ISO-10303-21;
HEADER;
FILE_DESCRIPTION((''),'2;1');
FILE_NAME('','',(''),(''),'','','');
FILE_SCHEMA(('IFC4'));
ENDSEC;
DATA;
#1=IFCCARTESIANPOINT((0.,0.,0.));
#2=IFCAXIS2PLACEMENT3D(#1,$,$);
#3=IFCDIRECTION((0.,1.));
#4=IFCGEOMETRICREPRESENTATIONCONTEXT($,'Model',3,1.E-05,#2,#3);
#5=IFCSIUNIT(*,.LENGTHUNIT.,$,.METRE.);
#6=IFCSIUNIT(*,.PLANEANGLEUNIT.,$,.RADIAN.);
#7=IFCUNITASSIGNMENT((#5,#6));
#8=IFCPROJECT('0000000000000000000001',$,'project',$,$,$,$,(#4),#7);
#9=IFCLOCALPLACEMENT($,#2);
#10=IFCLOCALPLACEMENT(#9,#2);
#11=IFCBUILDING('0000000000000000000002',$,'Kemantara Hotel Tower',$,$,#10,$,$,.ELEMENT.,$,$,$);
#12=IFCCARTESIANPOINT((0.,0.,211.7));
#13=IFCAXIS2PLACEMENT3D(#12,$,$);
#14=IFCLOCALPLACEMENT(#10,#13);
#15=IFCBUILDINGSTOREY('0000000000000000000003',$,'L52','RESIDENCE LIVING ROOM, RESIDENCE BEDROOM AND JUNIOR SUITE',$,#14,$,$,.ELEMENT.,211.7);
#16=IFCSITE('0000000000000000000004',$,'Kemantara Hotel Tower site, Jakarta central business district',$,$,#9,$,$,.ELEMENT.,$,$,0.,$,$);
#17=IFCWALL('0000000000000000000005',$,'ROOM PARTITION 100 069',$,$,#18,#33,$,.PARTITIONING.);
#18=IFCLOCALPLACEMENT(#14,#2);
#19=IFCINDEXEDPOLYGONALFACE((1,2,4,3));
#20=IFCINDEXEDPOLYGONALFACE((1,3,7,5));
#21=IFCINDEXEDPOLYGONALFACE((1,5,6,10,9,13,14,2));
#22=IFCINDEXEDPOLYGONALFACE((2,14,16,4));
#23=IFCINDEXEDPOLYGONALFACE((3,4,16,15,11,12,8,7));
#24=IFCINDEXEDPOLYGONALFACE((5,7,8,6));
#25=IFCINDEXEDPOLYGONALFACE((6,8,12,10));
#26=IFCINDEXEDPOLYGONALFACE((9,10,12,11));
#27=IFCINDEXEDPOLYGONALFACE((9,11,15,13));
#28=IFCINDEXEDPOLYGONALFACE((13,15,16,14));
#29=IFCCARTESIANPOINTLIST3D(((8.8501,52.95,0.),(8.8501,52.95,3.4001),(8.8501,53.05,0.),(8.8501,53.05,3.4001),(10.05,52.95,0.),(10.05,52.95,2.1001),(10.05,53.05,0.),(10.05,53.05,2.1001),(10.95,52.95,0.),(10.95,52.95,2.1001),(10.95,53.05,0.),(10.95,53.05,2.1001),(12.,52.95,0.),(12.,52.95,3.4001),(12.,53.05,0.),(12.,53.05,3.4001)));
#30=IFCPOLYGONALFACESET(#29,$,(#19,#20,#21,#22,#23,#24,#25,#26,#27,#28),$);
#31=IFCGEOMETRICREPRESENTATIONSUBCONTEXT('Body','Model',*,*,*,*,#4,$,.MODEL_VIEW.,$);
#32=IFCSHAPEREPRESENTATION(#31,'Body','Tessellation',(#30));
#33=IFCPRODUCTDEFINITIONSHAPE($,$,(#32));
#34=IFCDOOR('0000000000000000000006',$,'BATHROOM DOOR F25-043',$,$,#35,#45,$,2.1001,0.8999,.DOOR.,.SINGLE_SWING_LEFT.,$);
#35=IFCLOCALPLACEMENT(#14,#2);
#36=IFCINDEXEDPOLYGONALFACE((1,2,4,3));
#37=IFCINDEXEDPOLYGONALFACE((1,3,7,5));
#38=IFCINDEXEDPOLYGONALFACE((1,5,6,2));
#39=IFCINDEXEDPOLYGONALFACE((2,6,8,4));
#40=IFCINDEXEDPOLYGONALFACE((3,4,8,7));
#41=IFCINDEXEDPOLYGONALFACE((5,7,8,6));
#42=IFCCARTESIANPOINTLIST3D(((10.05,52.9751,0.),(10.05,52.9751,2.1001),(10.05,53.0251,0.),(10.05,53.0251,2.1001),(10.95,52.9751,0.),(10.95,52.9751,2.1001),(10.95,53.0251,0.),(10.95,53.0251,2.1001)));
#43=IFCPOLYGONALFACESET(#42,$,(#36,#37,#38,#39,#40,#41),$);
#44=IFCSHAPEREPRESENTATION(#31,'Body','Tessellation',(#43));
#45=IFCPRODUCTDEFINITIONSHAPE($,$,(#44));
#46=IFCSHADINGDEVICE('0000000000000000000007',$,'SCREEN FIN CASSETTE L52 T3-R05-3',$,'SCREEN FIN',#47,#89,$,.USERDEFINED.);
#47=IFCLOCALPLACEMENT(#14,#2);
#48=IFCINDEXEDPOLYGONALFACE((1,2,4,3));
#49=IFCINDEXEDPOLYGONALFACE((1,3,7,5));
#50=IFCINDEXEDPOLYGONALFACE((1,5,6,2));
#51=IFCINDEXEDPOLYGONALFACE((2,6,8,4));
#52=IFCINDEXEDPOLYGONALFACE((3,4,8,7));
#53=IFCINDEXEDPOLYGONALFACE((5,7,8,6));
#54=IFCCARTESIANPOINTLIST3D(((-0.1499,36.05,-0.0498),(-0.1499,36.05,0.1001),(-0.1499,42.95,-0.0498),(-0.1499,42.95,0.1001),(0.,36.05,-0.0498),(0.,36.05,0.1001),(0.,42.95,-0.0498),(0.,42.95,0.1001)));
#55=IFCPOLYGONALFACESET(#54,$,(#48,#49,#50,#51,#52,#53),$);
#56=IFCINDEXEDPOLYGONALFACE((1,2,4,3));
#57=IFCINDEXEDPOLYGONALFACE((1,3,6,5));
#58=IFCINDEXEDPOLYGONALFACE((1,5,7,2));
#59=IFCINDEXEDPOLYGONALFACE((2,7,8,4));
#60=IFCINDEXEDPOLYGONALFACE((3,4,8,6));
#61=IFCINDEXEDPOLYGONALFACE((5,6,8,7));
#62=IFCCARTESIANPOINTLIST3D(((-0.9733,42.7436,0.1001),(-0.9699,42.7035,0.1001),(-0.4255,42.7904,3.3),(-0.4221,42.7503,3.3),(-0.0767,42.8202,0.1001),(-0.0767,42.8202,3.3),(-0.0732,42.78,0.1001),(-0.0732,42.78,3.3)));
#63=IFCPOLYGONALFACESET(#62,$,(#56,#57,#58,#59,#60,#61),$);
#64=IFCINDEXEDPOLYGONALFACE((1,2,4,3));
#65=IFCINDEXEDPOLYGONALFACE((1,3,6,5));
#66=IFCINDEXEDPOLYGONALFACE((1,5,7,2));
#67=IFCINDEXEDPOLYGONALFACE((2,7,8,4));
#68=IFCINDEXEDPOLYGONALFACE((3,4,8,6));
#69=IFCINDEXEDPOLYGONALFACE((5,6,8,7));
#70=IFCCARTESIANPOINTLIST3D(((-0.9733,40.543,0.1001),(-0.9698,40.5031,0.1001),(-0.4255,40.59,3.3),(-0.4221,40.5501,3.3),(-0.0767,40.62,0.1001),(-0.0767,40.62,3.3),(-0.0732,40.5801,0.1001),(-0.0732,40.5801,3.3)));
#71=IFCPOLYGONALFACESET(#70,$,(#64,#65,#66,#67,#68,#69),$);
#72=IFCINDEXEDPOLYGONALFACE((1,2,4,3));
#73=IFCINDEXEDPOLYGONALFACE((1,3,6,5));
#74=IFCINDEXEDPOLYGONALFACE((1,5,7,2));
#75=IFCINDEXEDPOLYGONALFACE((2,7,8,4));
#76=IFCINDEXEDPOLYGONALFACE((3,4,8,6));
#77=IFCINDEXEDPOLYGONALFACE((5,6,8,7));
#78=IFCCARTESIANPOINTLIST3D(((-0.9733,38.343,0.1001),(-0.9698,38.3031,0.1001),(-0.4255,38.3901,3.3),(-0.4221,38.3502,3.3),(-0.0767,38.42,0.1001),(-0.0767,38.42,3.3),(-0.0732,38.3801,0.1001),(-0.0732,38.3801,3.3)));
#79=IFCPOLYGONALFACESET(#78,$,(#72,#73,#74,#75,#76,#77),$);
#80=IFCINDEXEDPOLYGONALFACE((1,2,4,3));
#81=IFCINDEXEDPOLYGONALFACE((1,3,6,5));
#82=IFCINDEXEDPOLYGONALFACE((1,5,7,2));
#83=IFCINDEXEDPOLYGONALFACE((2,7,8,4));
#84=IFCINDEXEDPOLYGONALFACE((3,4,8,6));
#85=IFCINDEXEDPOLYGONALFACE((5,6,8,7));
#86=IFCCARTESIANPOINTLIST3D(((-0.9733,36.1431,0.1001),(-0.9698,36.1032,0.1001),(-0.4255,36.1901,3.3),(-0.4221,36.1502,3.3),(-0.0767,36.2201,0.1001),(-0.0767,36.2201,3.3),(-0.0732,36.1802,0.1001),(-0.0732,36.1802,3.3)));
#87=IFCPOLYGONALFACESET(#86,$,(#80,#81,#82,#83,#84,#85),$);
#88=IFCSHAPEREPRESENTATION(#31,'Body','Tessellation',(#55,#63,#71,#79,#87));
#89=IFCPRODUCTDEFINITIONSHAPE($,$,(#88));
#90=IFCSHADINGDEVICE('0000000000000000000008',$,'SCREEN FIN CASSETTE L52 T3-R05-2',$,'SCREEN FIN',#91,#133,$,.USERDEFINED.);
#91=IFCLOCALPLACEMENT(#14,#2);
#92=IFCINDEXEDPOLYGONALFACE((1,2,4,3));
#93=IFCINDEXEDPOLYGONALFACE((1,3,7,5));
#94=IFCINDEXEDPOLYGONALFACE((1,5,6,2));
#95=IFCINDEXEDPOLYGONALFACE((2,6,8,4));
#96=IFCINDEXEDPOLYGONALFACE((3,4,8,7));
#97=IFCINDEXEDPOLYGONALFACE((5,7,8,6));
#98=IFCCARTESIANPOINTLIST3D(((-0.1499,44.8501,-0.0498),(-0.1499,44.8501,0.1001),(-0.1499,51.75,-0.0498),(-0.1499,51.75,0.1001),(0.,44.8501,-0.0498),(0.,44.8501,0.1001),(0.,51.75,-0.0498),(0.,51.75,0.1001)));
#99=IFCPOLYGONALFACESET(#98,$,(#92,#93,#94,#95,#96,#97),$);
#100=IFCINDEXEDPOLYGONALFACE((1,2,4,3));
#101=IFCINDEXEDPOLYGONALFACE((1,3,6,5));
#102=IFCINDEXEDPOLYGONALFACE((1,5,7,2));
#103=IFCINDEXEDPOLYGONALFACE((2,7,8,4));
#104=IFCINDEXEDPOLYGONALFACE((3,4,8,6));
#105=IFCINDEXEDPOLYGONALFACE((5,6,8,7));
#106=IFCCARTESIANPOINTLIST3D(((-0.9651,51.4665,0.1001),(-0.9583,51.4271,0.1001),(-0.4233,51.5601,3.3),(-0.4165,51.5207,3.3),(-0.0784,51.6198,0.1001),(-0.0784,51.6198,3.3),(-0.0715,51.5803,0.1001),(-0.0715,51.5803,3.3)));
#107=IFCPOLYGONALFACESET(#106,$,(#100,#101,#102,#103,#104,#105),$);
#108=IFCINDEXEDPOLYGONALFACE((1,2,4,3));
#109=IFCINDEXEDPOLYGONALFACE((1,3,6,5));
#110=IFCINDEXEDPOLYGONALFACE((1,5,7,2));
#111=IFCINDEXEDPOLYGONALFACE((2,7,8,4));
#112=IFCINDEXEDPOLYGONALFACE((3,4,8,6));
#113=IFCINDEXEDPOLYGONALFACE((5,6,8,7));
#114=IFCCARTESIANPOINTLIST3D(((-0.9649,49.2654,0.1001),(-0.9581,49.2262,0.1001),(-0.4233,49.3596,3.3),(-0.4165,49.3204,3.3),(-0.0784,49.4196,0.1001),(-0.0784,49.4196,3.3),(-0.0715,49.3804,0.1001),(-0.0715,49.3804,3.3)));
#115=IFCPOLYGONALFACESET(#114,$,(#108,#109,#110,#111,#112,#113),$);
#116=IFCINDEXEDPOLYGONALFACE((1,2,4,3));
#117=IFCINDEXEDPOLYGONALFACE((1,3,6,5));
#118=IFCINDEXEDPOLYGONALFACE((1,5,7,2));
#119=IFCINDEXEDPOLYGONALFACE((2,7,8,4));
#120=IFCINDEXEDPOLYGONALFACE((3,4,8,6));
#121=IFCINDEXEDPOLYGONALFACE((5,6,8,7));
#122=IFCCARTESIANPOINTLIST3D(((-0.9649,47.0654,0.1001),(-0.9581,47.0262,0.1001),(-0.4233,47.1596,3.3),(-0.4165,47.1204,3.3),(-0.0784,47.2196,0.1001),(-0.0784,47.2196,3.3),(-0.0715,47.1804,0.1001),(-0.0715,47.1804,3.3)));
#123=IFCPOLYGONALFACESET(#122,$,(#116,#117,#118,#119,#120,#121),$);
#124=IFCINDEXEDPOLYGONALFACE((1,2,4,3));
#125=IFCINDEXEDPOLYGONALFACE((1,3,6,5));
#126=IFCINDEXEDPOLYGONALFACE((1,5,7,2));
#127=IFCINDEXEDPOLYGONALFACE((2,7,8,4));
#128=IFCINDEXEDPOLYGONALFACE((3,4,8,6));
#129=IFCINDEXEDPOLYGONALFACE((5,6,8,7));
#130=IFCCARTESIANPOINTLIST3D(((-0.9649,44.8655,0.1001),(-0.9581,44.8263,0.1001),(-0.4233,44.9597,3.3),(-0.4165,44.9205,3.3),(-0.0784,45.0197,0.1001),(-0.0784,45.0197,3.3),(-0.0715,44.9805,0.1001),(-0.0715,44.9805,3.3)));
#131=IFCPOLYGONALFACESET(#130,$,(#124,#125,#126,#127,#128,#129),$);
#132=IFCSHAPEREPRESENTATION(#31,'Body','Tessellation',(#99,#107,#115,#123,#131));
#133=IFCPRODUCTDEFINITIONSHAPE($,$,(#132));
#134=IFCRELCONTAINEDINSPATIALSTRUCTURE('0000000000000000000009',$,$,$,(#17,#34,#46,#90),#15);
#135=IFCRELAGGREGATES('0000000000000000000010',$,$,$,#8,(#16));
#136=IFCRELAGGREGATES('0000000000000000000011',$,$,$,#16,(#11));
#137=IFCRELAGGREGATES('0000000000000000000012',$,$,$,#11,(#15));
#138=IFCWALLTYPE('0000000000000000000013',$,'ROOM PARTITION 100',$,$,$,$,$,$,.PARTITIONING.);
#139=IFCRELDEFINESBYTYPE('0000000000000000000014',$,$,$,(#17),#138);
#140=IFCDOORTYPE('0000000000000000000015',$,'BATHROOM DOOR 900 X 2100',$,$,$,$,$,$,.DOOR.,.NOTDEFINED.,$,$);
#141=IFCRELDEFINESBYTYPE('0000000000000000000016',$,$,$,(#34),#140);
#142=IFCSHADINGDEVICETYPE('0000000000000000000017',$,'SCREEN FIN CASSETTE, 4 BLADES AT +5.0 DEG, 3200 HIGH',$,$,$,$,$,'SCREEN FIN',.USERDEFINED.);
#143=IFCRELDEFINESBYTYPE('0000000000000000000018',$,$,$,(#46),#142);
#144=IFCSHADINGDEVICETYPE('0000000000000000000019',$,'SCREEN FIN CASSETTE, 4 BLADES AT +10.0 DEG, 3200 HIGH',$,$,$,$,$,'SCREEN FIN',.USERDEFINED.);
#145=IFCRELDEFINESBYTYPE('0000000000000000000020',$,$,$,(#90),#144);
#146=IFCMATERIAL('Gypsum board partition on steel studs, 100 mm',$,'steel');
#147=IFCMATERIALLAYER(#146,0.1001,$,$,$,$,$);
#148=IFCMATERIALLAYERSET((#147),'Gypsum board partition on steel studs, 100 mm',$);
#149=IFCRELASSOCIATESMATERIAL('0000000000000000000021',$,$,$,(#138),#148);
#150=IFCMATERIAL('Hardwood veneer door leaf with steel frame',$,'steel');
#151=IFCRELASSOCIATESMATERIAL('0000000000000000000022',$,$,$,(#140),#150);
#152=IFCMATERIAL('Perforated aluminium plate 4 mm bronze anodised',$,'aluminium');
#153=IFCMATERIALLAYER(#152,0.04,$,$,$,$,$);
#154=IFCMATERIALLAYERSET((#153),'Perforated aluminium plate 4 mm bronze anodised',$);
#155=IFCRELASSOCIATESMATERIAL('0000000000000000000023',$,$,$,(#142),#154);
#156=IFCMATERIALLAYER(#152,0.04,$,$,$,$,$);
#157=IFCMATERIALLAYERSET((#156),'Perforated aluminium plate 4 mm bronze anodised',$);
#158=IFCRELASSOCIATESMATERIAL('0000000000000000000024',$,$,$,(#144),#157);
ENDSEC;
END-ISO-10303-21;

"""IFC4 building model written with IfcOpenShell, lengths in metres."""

from ifc_helpers import new_model, si_unit, direction, frame, frame_2d, origin, origin_2d, place, context, subcontext, project, spatial, polyline, rectangle, outline, extrude, source, transform, mapped, material, layer, layer_set, type_object, element, fill, save


model = new_model("IFC4")

# Units and contexts
model_context = context("Model", 3, precision=1e-05, world=origin(), true_north=direction((0.0, 1.0)))
body_context = subcontext(model_context, "Body", "Model", "MODEL_VIEW")
ifc_project = project(units=[si_unit("LENGTHUNIT", "METRE"), si_unit("PLANEANGLEUNIT", "RADIAN")], contexts=[model_context])

# Site, building, storey
site_placement = place(None, origin())
site = spatial("IfcSite", under=ifc_project, at=site_placement, Name="Kemantara Hotel Tower site, Jakarta central business district", CompositionType="ELEMENT", RefElevation=0.0)
building_placement = place(site_placement, origin())
building = spatial("IfcBuilding", under=site, at=building_placement, Name="Kemantara Hotel Tower", CompositionType="ELEMENT")
storey_placement = place(building_placement, frame((0.0, 0.0, 211.7)))
storey = spatial("IfcBuildingStorey", under=building, at=storey_placement, Name="L52", Description="RESIDENCE LIVING ROOM, RESIDENCE BEDROOM AND JUNIOR SUITE", CompositionType="ELEMENT", Elevation=211.7)

# Shared definitions
ifc_material_1 = material(Name="Hardwood veneer door leaf with steel frame", Category="steel")

# Shared definitions
ifc_material_2 = material(Name="Gypsum board partition on steel studs, 100 mm", Category="steel")
ifc_layer_1 = layer(ifc_material_2, 0.1001)
ifc_layer_set_1 = layer_set([ifc_layer_1], Name="Gypsum board partition on steel studs, 100 mm")
wall_type_1 = type_object("IfcWallType", Name="ROOM PARTITION 100", PredefinedType="PARTITIONING", material=ifc_layer_set_1)

# Shared definitions
door_type_1 = type_object("IfcDoorType", Name="BATHROOM DOOR 900 X 2100", OperationType="NOTDEFINED", PredefinedType="DOOR", material=ifc_material_1)

# Wall, opening, door
wall_1_placement = place(storey_placement, frame((12.0, 53.0, 0.0), z_axis=(0.0, 0.0, 1.0), x_axis=(-1.0, 0.0, 0.0)))
wall_1 = element("IfcWall", 1, at=wall_1_placement, inside=storey, type_object=wall_type_1, Name="ROOM PARTITION 100 069", PredefinedType="PARTITIONING", context=body_context, shape_type="SweptSolid", body=[
    extrude(rectangle(XDim=3.1499, YDim=0.1001, at=frame_2d((1.575, 0.0))), origin(), (0.0, 0.0, 1.0), 3.4001),
])
opening_1_placement = place(wall_1_placement, frame((1.05, 0.0, 0.0)))
opening_1 = element("IfcOpeningElement", 2, at=opening_1_placement, cuts=wall_1, PredefinedType="OPENING", context=body_context, shape_type="SweptSolid", body=[
    extrude(rectangle(XDim=0.8999, YDim=2.1001, at=frame_2d((0.45, 1.05))), frame((0.0, 0.0601, 0.0), z_axis=(0.0, -1.0, 0.0), x_axis=(1.0, 0.0, 0.0)), (0.0, 0.0, 1.0), 0.1201),
])
door_1_placement = place(opening_1_placement, origin())
door_1 = element("IfcDoor", 3, at=door_1_placement, inside=storey, type_object=door_type_1, Name="BATHROOM DOOR F25-043", OperationType="SINGLE_SWING_LEFT", OverallHeight=2.1001, OverallWidth=0.8999, PredefinedType="DOOR", context=body_context, shape_type="SweptSolid", body=[
    extrude(rectangle(XDim=0.8999, YDim=2.1001, at=frame_2d((0.45, 1.05))), frame((0.0, 0.0249, 0.0), z_axis=(0.0, -1.0, 0.0), x_axis=(1.0, 0.0, 0.0)), (0.0, 0.0, 1.0), 0.05),
])
fill(opening_1, door_1)

# Shading devices
ifc_material_3 = material(Name="Perforated aluminium plate 4 mm bronze anodised", Category="aluminium")
ifc_layer_2 = layer(ifc_material_3, 0.04)
ifc_layer_set_2 = layer_set([ifc_layer_2], Name="Perforated aluminium plate 4 mm bronze anodised")
shading_device_type_1 = type_object("IfcShadingDeviceType", Name="SCREEN FIN CASSETTE, 4 BLADES AT +5.0 DEG, 3200 HIGH", ElementType="SCREEN FIN", PredefinedType="USERDEFINED", material=ifc_layer_set_2)
shared_shape_1 = source(origin(), body_context, "Body", "SweptSolid", [
    extrude(rectangle(XDim=6.8999, YDim=0.1499, at=origin_2d()), frame((3.3, -0.075, -0.1499), z_axis=(0.0, 0.0, 1.0), x_axis=(1.0, 0.0, 0.0)), (0.0, 0.0, 1.0), 0.1499),
    extrude(outline(polyline([(0.0, 0.0), (0.8999, 0.0), (0.3501, 3.2), (0.0, 3.2), (0.0, 0.0)])), frame((0.02, -0.0732, 0.0), z_axis=(-0.996376, -0.085056, 0.0), x_axis=(0.085056, -0.996376, 0.0)), (0.0, 0.0, 1.0), 0.0403),
    extrude(outline(polyline([(0.0, 0.0), (0.8999, 0.0), (0.3501, 3.2), (0.0, 3.2), (0.0, 0.0)])), frame((2.22, -0.0732, 0.0), z_axis=(-0.996332, -0.085575, 0.0), x_axis=(0.085575, -0.996332, 0.0)), (0.0, 0.0, 1.0), 0.04),
    extrude(outline(polyline([(0.0, 0.0), (0.8999, 0.0), (0.3501, 3.2), (0.0, 3.2), (0.0, 0.0)])), frame((4.4199, -0.0732, 0.0), z_axis=(-0.996332, -0.085575, 0.0), x_axis=(0.085575, -0.996332, 0.0)), (0.0, 0.0, 1.0), 0.04),
    extrude(outline(polyline([(0.0, 0.0), (0.8999, 0.0), (0.3501, 3.2), (0.0, 3.2), (0.0, 0.0)])), frame((6.6199, -0.0732, 0.0), z_axis=(-0.996332, -0.085575, 0.0), x_axis=(0.085575, -0.996332, 0.0)), (0.0, 0.0, 1.0), 0.04),
])
shading_device_1_placement = place(storey_placement, frame((0.0, 42.8, 0.1001), z_axis=(0.0, 0.0, 1.0), x_axis=(0.0, -1.0, 0.0)))
element("IfcShadingDevice", 4, at=shading_device_1_placement, inside=storey, type_object=shading_device_type_1, Name="SCREEN FIN CASSETTE L52 T3-R05-3", ObjectType="SCREEN FIN", PredefinedType="USERDEFINED", context=body_context, shape_type="MappedRepresentation", body=[
    mapped(shared_shape_1, transform((0.0, 0.0, 0.0))),
])
ifc_layer_3 = layer(ifc_material_3, 0.04)
ifc_layer_set_3 = layer_set([ifc_layer_3], Name="Perforated aluminium plate 4 mm bronze anodised")
shading_device_type_2 = type_object("IfcShadingDeviceType", Name="SCREEN FIN CASSETTE, 4 BLADES AT +10.0 DEG, 3200 HIGH", ElementType="SCREEN FIN", PredefinedType="USERDEFINED", material=ifc_layer_set_3)
shared_shape_2 = source(origin(), body_context, "Body", "SweptSolid", [
    extrude(rectangle(XDim=6.8999, YDim=0.1499, at=origin_2d()), frame((3.3, -0.075, -0.1499), z_axis=(0.0, 0.0, 1.0), x_axis=(1.0, 0.0, 0.0)), (0.0, 0.0, 1.0), 0.1499),
    extrude(outline(polyline([(0.0, 0.0), (0.8999, 0.0), (0.3501, 3.2), (0.0, 3.2), (0.0, 0.0)])), frame((0.0198, -0.0715, 0.0), z_axis=(-0.98539, -0.170314, 0.0), x_axis=(0.170314, -0.98539, 0.0)), (0.0, 0.0, 1.0), 0.04),
    extrude(outline(polyline([(0.0, 0.0), (0.8999, 0.0), (0.3501, 3.2), (0.0, 3.2), (0.0, 0.0)])), frame((2.2197, -0.0715, 0.0), z_axis=(-0.985212, -0.171341, 0.0), x_axis=(0.171341, -0.985212, 0.0)), (0.0, 0.0, 1.0), 0.0398),
    extrude(outline(polyline([(0.0, 0.0), (0.8999, 0.0), (0.3501, 3.2), (0.0, 3.2), (0.0, 0.0)])), frame((4.4197, -0.0715, 0.0), z_axis=(-0.985212, -0.171341, 0.0), x_axis=(0.171341, -0.985212, 0.0)), (0.0, 0.0, 1.0), 0.0398),
    extrude(outline(polyline([(0.0, 0.0), (0.8999, 0.0), (0.3501, 3.2), (0.0, 3.2), (0.0, 0.0)])), frame((6.6196, -0.0715, 0.0), z_axis=(-0.985212, -0.171341, 0.0), x_axis=(0.171341, -0.985212, 0.0)), (0.0, 0.0, 1.0), 0.0398),
])
shading_device_2_placement = place(storey_placement, frame((0.0, 51.6001, 0.1001), z_axis=(0.0, 0.0, 1.0), x_axis=(0.0, -1.0, 0.0)))
element("IfcShadingDevice", 5, at=shading_device_2_placement, inside=storey, type_object=shading_device_type_2, Name="SCREEN FIN CASSETTE L52 T3-R05-2", ObjectType="SCREEN FIN", PredefinedType="USERDEFINED", context=body_context, shape_type="MappedRepresentation", body=[
    mapped(shared_shape_2, transform((0.0, 0.0, 0.0))),
])

save(model, "model.ifc")
